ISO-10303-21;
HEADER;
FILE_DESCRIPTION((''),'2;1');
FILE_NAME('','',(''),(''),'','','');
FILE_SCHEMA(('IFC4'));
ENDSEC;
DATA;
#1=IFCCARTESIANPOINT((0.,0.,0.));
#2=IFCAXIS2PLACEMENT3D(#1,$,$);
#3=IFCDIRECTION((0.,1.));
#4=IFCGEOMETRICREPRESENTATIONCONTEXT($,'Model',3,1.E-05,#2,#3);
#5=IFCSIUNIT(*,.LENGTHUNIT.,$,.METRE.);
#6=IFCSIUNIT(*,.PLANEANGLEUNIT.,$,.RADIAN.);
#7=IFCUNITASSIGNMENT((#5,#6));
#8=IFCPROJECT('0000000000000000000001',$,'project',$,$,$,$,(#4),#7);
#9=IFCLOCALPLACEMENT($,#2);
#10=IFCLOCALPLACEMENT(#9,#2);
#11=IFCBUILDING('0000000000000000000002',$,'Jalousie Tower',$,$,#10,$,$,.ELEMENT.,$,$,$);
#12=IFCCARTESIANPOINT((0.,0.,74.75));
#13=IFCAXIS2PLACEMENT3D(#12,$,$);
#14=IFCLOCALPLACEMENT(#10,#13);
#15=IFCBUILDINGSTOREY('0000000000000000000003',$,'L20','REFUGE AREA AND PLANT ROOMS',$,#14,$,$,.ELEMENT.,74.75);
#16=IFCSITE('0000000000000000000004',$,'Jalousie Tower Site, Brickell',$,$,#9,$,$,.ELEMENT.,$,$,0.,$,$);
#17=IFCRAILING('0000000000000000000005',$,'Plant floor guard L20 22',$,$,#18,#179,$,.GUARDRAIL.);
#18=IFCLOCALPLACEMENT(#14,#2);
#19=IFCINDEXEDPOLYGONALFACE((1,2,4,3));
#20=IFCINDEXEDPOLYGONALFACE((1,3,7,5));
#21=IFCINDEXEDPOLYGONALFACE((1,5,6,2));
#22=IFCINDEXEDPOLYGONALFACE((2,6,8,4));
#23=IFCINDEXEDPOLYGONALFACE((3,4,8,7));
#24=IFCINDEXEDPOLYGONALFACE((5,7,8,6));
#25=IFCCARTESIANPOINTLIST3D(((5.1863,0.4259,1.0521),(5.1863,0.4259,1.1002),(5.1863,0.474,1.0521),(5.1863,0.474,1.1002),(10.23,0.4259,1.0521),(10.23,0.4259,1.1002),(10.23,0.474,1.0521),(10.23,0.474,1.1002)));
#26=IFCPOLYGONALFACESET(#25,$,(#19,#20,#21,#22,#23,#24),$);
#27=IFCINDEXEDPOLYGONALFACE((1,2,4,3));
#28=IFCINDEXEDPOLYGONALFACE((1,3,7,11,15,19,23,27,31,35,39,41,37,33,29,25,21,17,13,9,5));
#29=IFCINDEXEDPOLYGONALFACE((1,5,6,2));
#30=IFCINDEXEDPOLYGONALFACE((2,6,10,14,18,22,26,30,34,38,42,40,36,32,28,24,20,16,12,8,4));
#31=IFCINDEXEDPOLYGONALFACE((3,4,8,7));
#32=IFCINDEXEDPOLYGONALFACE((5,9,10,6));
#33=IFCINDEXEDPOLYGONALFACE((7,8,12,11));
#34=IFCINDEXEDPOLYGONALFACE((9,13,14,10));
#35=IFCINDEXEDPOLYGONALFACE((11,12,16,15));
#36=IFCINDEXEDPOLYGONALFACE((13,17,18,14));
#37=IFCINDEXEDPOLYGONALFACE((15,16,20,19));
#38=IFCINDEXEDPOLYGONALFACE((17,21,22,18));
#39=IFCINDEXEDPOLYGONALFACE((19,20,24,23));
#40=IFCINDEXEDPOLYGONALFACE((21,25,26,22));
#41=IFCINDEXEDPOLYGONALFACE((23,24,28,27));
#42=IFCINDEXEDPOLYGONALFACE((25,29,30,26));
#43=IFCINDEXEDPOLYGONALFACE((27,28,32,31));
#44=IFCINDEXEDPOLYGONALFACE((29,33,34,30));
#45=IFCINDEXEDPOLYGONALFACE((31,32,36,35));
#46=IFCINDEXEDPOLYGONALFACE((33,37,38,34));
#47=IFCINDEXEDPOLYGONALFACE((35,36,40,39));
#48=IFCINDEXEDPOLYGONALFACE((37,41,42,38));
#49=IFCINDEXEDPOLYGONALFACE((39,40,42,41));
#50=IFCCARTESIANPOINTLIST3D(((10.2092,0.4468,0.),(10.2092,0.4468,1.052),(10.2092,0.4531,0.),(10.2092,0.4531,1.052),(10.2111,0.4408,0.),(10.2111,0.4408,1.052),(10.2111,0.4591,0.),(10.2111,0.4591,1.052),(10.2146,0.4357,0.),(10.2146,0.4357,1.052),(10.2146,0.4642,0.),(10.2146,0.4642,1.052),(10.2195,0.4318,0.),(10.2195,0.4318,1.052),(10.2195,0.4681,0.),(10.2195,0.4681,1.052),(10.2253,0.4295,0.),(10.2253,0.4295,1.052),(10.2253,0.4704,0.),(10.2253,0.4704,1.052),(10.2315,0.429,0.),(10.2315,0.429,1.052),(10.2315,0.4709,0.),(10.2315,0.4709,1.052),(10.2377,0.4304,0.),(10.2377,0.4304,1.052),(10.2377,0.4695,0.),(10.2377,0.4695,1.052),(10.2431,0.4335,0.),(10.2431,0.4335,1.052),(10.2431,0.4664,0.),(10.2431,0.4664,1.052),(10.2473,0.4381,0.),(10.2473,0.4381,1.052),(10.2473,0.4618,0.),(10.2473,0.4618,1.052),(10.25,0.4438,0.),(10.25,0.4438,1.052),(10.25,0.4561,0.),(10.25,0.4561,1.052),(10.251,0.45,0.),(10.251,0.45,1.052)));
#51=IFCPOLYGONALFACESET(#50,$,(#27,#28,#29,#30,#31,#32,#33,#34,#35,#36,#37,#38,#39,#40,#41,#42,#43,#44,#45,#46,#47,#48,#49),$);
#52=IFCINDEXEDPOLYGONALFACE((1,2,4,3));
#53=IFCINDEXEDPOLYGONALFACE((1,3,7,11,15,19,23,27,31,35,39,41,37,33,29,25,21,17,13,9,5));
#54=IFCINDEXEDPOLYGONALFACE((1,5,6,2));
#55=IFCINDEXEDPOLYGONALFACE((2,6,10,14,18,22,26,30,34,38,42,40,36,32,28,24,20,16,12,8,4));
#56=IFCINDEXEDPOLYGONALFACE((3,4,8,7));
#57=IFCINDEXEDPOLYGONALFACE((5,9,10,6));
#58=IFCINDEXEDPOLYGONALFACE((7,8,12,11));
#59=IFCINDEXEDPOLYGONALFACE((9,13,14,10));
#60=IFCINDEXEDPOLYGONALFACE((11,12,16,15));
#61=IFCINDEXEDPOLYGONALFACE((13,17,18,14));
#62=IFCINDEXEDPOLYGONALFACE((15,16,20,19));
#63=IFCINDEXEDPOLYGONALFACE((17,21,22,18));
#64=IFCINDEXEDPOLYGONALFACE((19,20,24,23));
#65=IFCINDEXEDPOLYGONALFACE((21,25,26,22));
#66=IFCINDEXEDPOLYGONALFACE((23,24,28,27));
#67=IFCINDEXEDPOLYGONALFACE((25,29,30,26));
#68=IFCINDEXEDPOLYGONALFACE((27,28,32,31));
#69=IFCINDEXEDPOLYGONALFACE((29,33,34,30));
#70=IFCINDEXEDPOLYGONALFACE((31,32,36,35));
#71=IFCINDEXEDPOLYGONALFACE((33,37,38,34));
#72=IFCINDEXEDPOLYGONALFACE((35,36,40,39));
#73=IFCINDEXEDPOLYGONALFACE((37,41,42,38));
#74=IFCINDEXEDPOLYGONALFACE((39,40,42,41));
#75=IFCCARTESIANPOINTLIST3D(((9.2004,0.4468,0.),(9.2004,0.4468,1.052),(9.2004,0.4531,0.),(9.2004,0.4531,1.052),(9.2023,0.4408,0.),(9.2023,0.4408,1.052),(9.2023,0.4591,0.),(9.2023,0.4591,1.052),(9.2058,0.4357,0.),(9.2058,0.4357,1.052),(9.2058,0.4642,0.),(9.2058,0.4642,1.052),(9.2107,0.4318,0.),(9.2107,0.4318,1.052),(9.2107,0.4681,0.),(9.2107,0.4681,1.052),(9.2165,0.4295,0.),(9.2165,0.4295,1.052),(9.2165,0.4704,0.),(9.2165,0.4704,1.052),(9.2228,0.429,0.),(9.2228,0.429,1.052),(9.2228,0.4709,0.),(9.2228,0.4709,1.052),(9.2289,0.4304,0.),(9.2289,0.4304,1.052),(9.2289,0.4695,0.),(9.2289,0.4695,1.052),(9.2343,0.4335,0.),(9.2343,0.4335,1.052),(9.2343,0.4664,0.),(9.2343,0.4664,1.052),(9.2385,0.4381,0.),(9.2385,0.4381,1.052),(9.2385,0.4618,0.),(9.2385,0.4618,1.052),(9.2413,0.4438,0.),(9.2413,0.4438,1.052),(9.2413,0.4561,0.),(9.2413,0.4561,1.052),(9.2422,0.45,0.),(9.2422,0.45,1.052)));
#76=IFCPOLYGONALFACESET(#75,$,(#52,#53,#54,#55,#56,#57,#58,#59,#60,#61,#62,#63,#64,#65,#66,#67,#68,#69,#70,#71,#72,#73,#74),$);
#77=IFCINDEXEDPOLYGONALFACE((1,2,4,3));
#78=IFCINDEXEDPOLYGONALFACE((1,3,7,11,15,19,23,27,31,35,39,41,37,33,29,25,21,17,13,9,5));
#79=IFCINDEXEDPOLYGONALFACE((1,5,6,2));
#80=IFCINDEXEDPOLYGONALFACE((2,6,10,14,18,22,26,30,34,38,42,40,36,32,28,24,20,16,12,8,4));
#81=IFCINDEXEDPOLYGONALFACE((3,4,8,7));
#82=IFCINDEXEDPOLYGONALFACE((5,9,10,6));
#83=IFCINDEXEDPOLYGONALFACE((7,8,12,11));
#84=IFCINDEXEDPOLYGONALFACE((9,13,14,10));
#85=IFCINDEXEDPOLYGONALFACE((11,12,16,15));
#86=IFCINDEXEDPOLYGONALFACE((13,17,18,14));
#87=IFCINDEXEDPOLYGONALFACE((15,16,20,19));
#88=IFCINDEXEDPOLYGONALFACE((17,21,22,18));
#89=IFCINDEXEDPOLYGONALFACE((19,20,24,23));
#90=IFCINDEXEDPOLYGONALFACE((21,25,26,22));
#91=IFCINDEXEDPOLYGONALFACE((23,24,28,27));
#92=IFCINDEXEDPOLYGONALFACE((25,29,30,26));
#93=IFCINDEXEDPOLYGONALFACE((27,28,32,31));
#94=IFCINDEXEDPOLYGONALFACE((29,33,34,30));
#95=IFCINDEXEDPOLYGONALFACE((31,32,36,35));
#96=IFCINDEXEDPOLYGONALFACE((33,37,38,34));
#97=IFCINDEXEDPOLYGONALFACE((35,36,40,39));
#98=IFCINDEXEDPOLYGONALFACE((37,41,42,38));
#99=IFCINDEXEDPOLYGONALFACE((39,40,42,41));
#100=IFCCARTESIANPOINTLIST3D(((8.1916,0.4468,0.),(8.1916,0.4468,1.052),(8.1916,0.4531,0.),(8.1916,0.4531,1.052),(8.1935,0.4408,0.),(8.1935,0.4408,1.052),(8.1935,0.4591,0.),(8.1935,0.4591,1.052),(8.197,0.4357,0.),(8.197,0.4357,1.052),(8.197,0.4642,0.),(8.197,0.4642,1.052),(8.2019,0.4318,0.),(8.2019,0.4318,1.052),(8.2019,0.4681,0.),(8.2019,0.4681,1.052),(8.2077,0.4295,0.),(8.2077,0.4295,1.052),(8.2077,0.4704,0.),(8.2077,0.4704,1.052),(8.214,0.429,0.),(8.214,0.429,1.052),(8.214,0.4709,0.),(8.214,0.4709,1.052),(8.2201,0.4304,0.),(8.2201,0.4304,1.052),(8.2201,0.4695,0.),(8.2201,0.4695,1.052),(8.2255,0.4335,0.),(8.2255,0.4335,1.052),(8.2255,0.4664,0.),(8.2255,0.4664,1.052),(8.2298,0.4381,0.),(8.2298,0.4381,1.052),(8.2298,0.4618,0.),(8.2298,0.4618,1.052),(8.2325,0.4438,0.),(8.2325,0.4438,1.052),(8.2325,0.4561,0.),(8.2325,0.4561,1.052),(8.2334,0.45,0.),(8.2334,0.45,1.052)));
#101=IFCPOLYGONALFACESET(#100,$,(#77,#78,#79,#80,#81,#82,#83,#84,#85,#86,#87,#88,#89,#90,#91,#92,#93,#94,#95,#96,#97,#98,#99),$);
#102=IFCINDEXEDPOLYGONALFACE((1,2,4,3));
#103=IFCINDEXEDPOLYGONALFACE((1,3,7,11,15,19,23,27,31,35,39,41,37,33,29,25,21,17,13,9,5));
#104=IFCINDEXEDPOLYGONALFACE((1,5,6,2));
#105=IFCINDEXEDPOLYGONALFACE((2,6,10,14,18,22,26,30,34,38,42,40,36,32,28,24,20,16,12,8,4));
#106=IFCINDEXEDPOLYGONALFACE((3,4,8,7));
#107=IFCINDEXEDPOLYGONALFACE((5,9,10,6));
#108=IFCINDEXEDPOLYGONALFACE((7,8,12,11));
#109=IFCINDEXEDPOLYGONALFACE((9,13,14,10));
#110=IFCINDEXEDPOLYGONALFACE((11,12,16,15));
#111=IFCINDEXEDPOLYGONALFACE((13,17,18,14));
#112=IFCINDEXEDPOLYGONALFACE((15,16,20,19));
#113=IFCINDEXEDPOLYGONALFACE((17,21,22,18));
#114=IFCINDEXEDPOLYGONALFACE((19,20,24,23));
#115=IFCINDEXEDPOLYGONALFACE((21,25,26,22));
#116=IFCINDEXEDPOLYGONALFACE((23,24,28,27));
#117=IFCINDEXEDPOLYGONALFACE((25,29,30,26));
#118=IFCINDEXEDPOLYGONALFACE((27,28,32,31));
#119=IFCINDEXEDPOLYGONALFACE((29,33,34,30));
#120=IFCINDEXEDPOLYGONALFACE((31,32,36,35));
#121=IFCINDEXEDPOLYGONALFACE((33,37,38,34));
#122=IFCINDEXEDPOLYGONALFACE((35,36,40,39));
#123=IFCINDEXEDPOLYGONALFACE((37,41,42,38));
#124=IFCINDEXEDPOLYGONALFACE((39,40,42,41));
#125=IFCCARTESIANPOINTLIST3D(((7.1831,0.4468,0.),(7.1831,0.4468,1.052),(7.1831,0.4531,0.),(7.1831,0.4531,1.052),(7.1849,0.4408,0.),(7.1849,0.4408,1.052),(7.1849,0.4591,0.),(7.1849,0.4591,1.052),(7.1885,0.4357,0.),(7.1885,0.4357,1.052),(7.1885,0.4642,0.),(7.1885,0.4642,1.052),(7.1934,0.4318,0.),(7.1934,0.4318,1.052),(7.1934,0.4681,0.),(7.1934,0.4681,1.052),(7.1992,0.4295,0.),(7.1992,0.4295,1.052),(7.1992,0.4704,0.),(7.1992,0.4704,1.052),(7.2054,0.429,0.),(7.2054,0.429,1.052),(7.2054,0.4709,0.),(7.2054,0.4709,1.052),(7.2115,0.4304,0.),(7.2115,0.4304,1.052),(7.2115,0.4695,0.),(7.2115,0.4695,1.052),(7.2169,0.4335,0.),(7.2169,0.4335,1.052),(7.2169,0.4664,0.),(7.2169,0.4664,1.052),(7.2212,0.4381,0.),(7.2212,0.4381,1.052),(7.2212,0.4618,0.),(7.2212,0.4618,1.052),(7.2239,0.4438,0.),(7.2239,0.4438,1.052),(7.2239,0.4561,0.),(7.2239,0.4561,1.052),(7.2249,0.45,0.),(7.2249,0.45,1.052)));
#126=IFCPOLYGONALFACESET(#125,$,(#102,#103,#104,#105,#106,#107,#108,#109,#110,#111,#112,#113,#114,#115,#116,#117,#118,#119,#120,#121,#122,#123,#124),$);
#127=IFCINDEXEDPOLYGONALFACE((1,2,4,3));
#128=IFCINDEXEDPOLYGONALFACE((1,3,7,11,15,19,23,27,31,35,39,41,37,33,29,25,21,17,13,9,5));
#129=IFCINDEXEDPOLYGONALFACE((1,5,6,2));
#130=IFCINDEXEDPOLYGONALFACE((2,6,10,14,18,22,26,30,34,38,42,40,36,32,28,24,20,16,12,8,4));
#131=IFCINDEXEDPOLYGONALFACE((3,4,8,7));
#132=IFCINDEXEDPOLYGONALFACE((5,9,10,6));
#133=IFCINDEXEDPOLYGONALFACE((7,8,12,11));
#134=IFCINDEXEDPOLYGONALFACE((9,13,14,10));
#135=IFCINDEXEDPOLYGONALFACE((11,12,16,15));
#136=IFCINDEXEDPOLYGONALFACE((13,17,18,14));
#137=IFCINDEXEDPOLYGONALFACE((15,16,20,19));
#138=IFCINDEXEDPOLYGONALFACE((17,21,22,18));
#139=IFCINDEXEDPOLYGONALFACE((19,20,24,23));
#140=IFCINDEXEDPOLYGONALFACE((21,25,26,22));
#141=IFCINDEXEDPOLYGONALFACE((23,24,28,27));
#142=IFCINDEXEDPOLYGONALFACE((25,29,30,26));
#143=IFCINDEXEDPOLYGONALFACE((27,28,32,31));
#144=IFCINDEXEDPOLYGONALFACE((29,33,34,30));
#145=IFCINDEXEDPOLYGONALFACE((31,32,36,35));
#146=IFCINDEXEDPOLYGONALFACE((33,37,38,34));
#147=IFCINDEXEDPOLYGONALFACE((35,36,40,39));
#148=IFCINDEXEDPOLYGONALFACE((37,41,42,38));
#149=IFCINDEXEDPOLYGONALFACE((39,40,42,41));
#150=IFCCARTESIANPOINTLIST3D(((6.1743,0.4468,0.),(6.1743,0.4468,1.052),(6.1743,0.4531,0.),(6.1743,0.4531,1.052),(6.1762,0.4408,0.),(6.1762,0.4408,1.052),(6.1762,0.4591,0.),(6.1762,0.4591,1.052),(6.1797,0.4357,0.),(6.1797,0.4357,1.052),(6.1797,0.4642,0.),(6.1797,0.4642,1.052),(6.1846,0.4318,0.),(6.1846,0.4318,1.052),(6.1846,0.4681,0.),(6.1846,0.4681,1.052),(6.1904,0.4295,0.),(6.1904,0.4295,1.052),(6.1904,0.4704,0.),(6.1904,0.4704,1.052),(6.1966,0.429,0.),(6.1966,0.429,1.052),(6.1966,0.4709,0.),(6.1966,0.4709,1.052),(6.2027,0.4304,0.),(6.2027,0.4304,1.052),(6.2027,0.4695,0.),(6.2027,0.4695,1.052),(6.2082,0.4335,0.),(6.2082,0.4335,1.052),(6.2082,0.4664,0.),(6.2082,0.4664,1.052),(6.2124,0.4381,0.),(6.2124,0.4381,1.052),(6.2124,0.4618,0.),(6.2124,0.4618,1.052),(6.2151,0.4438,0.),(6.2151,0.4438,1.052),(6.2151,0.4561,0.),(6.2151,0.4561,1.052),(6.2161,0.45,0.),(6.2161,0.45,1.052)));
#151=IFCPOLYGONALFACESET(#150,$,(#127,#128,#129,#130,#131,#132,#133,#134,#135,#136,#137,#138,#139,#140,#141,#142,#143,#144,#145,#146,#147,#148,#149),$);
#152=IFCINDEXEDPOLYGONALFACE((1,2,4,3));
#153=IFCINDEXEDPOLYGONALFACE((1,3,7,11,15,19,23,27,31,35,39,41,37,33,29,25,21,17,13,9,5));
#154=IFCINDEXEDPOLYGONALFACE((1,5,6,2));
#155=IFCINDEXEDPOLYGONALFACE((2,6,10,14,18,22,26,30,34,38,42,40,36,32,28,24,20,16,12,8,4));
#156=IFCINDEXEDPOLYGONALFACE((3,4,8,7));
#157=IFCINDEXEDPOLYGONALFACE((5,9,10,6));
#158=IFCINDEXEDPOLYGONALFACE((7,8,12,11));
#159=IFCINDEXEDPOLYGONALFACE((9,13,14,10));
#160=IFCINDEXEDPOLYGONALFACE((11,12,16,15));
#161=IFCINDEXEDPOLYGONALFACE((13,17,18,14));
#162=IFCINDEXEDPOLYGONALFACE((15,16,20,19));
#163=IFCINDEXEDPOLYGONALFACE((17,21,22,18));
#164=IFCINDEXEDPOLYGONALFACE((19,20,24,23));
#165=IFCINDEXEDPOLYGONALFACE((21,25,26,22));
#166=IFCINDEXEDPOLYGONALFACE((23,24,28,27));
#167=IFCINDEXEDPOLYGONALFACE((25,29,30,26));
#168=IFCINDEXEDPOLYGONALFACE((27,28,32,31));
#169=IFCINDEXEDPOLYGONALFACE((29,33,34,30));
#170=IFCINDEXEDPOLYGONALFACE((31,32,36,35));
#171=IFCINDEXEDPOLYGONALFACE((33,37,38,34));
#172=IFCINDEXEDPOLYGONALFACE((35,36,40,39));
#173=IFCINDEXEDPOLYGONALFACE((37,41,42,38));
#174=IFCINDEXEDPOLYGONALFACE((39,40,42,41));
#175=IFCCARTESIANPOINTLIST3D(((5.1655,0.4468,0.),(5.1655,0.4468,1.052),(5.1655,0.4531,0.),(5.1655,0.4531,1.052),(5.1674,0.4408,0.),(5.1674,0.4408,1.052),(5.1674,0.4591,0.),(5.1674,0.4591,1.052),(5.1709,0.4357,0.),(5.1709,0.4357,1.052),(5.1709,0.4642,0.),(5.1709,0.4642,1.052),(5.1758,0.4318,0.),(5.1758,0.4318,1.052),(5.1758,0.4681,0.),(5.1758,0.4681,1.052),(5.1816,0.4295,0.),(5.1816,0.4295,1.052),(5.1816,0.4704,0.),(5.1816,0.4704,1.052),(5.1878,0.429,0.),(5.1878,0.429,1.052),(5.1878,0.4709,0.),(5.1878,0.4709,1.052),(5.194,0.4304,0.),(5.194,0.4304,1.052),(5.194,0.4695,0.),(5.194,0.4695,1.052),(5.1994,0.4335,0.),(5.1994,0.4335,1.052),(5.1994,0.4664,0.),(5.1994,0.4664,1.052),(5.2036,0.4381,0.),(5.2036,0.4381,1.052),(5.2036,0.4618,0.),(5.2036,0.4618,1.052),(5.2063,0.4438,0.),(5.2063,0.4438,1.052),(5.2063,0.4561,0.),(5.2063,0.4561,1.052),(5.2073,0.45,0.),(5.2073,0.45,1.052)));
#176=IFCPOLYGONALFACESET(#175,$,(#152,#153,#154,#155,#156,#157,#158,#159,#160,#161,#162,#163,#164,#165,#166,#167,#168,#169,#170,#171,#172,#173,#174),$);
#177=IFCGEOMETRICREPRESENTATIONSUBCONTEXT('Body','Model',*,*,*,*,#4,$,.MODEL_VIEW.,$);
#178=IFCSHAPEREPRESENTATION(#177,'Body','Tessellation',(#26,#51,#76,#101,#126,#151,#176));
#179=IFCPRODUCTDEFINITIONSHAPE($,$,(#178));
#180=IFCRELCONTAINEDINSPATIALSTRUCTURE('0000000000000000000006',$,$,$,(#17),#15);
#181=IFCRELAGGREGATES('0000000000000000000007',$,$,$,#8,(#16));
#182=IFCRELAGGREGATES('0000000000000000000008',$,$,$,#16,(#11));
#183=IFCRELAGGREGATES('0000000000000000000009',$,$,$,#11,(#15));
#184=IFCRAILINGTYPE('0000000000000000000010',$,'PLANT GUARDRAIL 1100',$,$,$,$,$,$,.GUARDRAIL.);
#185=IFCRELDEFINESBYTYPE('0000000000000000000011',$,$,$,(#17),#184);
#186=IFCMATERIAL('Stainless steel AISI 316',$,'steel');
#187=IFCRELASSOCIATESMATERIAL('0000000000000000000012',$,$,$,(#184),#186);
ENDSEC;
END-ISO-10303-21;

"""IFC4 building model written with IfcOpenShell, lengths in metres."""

from ifc_helpers import new_model, si_unit, direction, frame, origin, origin_2d, place, context, subcontext, project, spatial, rectangle, circle, extrude, material, type_object, element, save


model = new_model("IFC4")

# Units and contexts
model_context = context("Model", 3, precision=1e-05, world=origin(), true_north=direction((0.0, 1.0)))
body_context = subcontext(model_context, "Body", "Model", "MODEL_VIEW")
ifc_project = project(units=[si_unit("LENGTHUNIT", "METRE"), si_unit("PLANEANGLEUNIT", "RADIAN")], contexts=[model_context])

# Site, building, storey
site_placement = place(None, origin())
site = spatial("IfcSite", under=ifc_project, at=site_placement, Name="Jalousie Tower Site, Brickell", CompositionType="ELEMENT", RefElevation=0.0)
building_placement = place(site_placement, origin())
building = spatial("IfcBuilding", under=site, at=building_placement, Name="Jalousie Tower", CompositionType="ELEMENT")
storey_placement = place(building_placement, frame((0.0, 0.0, 74.75)))
storey = spatial("IfcBuildingStorey", under=building, at=storey_placement, Name="L20", Description="REFUGE AREA AND PLANT ROOMS", CompositionType="ELEMENT", Elevation=74.75)

# Railing
ifc_material_1 = material(Name="Stainless steel AISI 316", Category="steel")
railing_type = type_object("IfcRailingType", Name="PLANT GUARDRAIL 1100", PredefinedType="GUARDRAIL", material=ifc_material_1)
railing_placement = place(storey_placement, frame((10.23, 0.45, 0.0)))
element("IfcRailing", 1, at=railing_placement, inside=storey, type_object=railing_type, Name="Plant floor guard L20 22", PredefinedType="GUARDRAIL", context=body_context, shape_type="SweptSolid", body=[
    extrude(rectangle(XDim=0.0481, YDim=0.0481, at=origin_2d()), frame((0.0, 0.0, 1.0762), z_axis=(-1.0, 0.0, 0.0), x_axis=(0.0, -1.0, 0.0)), (0.0, 0.0, 1.0), 5.0437),
    extrude(circle(Radius=0.021, at=origin_2d()), origin(), (0.0, 0.0, 1.0), 1.052),
    extrude(circle(Radius=0.021, at=origin_2d()), frame((-1.0088, 0.0, 0.0)), (0.0, 0.0, 1.0), 1.052),
    extrude(circle(Radius=0.021, at=origin_2d()), frame((-2.0176, 0.0, 0.0)), (0.0, 0.0, 1.0), 1.052),
    extrude(circle(Radius=0.021, at=origin_2d()), frame((-3.0261, 0.0, 0.0)), (0.0, 0.0, 1.0), 1.052),
    extrude(circle(Radius=0.021, at=origin_2d()), frame((-4.0349, 0.0, 0.0)), (0.0, 0.0, 1.0), 1.052),
    extrude(circle(Radius=0.021, at=origin_2d()), frame((-5.0437, 0.0, 0.0)), (0.0, 0.0, 1.0), 1.052),
])

save(model, "model.ifc")
